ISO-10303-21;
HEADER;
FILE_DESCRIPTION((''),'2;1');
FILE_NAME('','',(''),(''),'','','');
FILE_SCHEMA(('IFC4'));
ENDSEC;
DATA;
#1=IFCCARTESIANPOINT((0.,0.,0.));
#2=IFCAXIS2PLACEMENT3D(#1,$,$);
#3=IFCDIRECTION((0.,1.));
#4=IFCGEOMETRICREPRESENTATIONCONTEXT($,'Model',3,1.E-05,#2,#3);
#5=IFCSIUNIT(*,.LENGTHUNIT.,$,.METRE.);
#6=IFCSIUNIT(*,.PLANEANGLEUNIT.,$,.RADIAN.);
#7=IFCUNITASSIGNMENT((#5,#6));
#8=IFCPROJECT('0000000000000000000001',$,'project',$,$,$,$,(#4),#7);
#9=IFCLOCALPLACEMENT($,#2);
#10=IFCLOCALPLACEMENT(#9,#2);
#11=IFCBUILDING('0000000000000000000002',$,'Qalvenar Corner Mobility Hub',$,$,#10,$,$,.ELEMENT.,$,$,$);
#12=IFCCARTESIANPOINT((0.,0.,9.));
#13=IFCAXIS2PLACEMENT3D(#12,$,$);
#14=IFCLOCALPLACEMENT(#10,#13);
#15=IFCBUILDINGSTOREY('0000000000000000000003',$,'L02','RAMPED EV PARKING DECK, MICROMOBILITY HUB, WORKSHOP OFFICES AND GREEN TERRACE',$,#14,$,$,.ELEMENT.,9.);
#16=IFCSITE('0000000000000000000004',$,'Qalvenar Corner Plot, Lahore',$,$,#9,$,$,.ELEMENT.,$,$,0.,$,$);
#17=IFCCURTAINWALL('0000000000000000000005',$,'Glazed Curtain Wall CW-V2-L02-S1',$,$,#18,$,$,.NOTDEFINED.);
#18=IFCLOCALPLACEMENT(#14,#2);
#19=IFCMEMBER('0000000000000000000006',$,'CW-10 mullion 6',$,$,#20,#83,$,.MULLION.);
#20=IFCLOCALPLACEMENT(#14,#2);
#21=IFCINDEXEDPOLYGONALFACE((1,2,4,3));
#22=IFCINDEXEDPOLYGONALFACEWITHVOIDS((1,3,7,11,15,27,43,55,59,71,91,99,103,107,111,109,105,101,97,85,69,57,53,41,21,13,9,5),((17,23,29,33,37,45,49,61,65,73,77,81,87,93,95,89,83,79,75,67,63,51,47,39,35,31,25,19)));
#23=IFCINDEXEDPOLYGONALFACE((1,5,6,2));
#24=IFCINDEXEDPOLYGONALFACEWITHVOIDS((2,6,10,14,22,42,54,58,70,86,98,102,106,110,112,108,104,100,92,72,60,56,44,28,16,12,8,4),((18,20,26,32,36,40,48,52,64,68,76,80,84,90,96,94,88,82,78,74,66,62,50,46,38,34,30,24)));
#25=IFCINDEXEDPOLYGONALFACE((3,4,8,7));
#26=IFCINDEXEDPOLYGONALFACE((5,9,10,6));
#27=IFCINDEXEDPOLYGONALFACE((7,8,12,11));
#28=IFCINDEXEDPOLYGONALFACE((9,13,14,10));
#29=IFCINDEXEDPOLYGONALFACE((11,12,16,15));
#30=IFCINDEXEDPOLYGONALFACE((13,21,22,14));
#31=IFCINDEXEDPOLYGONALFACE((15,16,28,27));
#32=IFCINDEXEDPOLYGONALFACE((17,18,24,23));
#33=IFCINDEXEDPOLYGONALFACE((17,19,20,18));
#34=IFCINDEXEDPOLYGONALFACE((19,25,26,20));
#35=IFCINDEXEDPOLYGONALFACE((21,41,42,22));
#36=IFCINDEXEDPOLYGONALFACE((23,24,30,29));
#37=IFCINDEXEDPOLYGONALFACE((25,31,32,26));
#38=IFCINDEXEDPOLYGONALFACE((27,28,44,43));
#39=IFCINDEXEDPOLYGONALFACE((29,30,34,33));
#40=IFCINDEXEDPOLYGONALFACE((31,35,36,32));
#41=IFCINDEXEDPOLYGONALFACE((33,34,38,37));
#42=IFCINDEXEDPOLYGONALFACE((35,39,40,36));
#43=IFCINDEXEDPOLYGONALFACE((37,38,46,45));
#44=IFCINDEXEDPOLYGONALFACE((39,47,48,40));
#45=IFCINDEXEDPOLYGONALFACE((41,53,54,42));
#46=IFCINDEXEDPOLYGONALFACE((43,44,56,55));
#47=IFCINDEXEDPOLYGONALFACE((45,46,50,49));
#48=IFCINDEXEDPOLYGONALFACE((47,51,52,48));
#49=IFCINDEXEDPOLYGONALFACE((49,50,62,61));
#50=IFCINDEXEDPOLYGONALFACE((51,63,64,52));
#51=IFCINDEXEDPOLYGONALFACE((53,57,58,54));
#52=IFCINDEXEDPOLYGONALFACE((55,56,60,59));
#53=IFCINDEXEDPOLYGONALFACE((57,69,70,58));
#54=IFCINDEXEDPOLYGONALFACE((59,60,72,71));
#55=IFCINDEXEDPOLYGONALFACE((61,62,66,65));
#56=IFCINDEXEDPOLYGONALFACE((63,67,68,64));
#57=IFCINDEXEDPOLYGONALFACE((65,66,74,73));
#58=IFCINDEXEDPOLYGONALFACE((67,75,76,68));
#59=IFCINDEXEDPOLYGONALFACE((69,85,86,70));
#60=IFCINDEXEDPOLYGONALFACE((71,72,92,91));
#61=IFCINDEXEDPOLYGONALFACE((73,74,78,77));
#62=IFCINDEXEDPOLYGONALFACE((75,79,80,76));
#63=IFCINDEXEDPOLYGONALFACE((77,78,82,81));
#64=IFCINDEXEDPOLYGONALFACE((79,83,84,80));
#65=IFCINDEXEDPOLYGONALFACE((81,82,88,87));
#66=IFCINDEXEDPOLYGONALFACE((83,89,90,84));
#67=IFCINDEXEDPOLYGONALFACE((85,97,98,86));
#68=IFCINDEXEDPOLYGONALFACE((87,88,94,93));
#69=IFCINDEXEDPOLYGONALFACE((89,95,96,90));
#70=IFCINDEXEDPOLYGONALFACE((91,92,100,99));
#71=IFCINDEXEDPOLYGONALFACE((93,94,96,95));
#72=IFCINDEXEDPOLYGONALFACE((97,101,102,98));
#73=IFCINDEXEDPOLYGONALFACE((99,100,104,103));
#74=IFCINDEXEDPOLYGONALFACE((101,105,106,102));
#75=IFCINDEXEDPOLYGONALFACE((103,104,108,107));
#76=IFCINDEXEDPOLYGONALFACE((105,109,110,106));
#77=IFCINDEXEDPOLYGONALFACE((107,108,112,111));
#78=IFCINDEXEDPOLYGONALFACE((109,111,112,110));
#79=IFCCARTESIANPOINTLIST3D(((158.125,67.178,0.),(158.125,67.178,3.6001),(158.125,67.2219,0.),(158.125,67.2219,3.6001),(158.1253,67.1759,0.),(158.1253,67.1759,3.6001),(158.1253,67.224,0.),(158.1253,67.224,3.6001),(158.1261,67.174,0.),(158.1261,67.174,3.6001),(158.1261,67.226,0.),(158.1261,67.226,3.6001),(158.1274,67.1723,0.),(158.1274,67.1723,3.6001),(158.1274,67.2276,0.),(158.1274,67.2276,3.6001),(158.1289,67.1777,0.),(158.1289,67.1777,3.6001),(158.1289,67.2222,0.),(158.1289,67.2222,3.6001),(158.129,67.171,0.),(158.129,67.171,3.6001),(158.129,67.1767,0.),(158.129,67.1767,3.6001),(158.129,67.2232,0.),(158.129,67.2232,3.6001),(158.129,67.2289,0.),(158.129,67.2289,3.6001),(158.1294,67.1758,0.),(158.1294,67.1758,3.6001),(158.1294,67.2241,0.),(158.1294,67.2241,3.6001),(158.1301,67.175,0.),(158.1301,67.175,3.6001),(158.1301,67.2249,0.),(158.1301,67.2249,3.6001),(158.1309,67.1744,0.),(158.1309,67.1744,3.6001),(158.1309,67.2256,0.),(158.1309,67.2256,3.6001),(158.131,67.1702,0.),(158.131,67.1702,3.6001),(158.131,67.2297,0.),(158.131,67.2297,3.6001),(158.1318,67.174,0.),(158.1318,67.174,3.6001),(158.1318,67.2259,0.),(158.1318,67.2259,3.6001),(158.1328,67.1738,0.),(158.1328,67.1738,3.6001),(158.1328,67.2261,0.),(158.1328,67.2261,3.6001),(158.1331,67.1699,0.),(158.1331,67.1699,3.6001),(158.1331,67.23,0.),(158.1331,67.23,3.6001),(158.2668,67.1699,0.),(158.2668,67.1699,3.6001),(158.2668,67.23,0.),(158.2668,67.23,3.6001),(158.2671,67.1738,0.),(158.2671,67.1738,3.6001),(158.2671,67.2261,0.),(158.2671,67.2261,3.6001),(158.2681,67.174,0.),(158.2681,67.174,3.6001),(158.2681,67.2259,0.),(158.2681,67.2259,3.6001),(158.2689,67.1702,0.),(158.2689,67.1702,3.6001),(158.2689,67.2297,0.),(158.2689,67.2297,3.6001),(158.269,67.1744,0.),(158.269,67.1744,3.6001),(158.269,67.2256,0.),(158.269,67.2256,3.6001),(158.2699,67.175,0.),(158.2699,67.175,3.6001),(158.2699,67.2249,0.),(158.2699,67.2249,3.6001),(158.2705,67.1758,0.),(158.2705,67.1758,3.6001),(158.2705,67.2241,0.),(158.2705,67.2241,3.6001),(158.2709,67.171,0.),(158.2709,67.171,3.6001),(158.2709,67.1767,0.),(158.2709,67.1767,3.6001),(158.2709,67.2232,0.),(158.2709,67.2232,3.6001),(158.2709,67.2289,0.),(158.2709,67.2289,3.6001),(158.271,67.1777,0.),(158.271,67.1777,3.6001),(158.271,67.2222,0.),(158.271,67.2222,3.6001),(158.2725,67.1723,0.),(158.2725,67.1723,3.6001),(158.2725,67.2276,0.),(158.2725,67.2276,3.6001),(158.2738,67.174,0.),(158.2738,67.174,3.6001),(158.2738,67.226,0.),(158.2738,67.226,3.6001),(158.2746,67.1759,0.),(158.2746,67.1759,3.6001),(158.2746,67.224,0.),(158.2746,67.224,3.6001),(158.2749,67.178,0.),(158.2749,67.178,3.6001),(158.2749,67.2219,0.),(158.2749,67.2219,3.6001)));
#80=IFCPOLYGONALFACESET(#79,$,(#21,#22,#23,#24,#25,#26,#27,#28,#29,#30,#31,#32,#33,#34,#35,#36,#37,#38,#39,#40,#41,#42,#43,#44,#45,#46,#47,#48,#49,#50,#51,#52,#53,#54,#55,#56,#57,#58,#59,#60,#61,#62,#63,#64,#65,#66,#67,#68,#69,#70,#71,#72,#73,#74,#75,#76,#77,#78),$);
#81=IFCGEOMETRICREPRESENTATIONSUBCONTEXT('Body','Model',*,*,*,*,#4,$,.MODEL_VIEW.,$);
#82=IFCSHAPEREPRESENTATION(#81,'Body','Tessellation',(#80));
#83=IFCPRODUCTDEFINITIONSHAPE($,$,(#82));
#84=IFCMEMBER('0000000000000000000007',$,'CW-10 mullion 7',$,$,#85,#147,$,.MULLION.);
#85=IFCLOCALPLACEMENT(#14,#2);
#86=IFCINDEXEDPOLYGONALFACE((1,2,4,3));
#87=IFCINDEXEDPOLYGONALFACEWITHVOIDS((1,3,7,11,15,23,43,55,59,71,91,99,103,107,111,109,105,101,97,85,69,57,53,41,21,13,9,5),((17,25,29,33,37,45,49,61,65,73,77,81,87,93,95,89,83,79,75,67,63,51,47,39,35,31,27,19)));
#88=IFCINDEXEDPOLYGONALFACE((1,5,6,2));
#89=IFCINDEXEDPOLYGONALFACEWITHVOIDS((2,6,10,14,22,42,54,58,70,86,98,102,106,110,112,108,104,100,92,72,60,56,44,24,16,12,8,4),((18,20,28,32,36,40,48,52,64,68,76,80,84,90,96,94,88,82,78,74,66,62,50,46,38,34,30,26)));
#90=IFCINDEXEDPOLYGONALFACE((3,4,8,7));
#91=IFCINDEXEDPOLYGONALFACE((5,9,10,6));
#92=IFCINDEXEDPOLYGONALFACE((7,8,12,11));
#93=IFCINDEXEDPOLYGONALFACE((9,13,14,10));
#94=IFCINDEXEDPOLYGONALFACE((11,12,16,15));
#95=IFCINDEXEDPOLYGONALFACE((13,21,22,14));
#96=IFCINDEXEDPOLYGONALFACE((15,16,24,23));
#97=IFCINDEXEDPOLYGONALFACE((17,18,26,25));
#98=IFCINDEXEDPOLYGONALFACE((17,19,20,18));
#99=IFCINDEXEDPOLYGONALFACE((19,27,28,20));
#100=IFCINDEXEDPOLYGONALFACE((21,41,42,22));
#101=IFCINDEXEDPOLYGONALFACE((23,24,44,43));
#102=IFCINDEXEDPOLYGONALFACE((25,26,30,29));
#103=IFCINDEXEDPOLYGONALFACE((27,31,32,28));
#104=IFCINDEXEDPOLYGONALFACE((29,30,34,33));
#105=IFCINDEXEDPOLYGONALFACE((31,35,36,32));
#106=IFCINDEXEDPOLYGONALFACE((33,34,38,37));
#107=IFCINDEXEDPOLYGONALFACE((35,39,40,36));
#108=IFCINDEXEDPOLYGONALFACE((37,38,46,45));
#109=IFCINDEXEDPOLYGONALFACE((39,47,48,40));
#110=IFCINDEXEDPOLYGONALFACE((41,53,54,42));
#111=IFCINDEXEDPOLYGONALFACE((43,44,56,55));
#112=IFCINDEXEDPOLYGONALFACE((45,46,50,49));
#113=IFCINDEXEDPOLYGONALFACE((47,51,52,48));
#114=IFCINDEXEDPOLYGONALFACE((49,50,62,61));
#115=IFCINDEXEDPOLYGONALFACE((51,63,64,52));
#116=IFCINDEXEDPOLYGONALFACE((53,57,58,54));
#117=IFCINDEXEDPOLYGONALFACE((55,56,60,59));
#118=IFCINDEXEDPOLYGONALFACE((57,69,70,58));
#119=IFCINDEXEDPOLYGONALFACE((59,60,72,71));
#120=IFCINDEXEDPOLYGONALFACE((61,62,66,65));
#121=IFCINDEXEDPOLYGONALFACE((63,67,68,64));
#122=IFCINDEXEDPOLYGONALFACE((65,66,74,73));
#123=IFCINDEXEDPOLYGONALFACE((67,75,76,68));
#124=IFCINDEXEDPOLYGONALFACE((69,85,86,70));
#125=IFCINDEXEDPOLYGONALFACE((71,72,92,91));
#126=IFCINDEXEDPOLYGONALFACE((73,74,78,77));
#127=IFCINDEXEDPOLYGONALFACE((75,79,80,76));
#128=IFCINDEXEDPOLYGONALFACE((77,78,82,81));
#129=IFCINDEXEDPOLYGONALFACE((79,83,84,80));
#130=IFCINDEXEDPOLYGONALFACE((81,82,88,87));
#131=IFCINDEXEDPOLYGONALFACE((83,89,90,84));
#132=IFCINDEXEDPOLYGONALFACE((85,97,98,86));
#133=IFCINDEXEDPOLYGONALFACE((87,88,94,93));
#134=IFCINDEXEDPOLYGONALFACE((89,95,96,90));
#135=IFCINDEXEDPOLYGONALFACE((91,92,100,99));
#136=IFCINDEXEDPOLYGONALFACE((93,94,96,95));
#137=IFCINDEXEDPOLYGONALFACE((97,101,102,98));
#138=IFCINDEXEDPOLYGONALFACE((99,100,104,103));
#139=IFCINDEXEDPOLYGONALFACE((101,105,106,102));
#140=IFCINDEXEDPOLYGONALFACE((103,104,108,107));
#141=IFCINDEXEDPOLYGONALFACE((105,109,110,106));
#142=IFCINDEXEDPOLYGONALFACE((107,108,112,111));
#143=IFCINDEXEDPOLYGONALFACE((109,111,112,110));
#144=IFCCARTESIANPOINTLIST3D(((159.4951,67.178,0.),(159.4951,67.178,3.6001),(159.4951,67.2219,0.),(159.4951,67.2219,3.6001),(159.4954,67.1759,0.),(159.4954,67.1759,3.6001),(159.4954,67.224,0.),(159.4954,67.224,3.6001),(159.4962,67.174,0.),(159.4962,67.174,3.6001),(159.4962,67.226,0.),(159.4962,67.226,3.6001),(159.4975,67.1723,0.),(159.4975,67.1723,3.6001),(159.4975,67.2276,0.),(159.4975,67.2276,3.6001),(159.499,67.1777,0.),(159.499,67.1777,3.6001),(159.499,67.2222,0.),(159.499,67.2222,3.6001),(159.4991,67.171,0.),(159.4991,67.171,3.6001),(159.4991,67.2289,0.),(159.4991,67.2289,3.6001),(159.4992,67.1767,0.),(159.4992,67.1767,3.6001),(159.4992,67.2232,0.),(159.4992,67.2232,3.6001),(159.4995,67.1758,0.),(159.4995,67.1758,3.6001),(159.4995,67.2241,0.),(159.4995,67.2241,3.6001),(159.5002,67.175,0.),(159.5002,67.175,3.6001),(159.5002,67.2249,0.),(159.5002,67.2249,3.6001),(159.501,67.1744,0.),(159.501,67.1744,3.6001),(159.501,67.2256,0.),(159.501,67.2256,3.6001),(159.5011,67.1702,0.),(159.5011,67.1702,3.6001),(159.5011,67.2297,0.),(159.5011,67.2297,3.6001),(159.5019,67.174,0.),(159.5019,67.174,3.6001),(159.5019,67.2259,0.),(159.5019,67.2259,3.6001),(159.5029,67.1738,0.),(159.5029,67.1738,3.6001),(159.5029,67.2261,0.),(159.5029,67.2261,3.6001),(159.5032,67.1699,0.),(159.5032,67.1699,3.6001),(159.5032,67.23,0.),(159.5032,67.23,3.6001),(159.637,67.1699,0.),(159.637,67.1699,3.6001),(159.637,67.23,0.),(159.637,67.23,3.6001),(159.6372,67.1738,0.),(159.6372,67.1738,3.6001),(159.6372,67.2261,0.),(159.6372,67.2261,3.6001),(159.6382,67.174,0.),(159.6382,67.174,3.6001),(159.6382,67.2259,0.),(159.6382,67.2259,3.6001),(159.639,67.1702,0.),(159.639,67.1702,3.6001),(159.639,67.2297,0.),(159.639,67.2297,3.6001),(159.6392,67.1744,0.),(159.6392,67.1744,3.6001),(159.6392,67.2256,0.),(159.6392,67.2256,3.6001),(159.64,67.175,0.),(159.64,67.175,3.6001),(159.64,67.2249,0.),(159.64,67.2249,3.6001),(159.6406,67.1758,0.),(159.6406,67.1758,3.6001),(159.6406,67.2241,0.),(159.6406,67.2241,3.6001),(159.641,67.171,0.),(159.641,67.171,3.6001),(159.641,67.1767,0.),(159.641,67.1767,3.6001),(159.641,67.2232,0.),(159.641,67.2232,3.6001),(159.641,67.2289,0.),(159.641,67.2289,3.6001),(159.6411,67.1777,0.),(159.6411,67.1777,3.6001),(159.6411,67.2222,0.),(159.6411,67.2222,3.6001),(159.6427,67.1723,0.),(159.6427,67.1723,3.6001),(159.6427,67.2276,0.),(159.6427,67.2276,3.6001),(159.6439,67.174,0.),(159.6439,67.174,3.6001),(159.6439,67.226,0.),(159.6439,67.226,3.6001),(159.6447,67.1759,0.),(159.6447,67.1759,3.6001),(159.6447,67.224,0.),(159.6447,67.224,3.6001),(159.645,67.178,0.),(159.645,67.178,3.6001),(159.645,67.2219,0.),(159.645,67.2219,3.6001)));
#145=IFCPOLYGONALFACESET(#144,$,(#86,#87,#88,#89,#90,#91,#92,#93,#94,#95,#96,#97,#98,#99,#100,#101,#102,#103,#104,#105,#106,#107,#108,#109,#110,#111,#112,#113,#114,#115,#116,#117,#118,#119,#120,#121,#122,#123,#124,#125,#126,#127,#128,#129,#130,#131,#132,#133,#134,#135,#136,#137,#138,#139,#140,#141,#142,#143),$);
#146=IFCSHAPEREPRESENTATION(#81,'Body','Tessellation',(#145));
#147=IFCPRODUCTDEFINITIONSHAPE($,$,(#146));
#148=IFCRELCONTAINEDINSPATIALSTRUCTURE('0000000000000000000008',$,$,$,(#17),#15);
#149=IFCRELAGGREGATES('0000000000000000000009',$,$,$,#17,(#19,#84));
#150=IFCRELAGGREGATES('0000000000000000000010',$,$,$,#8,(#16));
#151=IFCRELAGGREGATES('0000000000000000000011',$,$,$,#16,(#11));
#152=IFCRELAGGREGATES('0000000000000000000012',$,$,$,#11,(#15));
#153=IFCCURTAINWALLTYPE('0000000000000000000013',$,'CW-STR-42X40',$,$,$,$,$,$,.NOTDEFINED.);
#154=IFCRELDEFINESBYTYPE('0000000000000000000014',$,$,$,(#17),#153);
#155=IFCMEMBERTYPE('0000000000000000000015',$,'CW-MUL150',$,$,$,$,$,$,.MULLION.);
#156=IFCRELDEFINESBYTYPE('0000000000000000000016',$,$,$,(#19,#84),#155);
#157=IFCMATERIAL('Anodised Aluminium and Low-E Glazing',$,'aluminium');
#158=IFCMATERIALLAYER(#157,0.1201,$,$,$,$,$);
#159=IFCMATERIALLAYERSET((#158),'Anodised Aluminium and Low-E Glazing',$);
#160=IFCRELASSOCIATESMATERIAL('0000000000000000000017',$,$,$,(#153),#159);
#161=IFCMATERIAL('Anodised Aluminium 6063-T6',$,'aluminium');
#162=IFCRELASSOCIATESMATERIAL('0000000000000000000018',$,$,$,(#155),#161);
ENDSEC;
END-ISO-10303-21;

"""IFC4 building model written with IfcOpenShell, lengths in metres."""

from ifc_helpers import new_model, si_unit, direction, frame, origin, origin_2d, place, context, subcontext, project, spatial, hollow_rectangle, extrude, material, layer, layer_set, material_profile, profile_set, type_object, element, aggregate, save


model = new_model("IFC4")

# Units and contexts
model_context = context("Model", 3, precision=1e-05, world=origin(), true_north=direction((0.0, 1.0)))
body_context = subcontext(model_context, "Body", "Model", "MODEL_VIEW")
ifc_project = project(units=[si_unit("LENGTHUNIT", "METRE"), si_unit("PLANEANGLEUNIT", "RADIAN")], contexts=[model_context])

# Site, building, storey
site_placement = place(None, origin())
site = spatial("IfcSite", under=ifc_project, at=site_placement, Name="Qalvenar Corner Plot, Lahore", CompositionType="ELEMENT", RefElevation=0.0)
building_placement = place(site_placement, origin())
building = spatial("IfcBuilding", under=site, at=building_placement, Name="Qalvenar Corner Mobility Hub", CompositionType="ELEMENT")
storey_placement = place(building_placement, frame((0.0, 0.0, 9.0)))
storey = spatial("IfcBuildingStorey", under=building, at=storey_placement, Name="L02", Description="RAMPED EV PARKING DECK, MICROMOBILITY HUB, WORKSHOP OFFICES AND GREEN TERRACE", CompositionType="ELEMENT", Elevation=9.0)

# Curtain wall, members
ifc_material_1 = material(Name="Anodised Aluminium and Low-E Glazing", Category="aluminium")
ifc_layer_1 = layer(ifc_material_1, 0.1201)
ifc_layer_set_1 = layer_set([ifc_layer_1], Name="Anodised Aluminium and Low-E Glazing")
curtain_wall_type = type_object("IfcCurtainWallType", Name="CW-STR-42X40", PredefinedType="NOTDEFINED", material=ifc_layer_set_1)
curtain_wall_placement = place(storey_placement, origin())
curtain_wall = element("IfcCurtainWall", 1, at=curtain_wall_placement, inside=storey, type_object=curtain_wall_type, Name="Glazed Curtain Wall CW-V2-L02-S1", PredefinedType="NOTDEFINED")
ifc_material_2 = material(Name="Anodised Aluminium 6063-T6", Category="aluminium")
ifc_material_profile_1 = material_profile(ifc_material_2, hollow_rectangle(XDim=0.0601, YDim=0.1499, WallThickness=0.0039, InnerFilletRadius=0.0039, OuterFilletRadius=0.0081, at=origin_2d()), Name="RHS150x60x4")
ifc_profile_set_1 = profile_set([ifc_material_profile_1], Name="Anodised Aluminium 6063-T6")
member_type_1 = type_object("IfcMemberType", Name="CW-MUL150", PredefinedType="MULLION", material=ifc_profile_set_1)
member_1_placement = place(storey_placement, frame((158.2, 67.2, 0.0), z_axis=(0.0, 0.0, 1.0), x_axis=(0.0, 1.0, 0.0)))
member_1 = element("IfcMember", 2, at=member_1_placement, type_object=member_type_1, Name="CW-10 mullion 6", PredefinedType="MULLION", context=body_context, shape_type="SweptSolid", body=[
    extrude(hollow_rectangle(XDim=0.0601, YDim=0.1499, WallThickness=0.0039, InnerFilletRadius=0.0039, OuterFilletRadius=0.0081, at=origin_2d()), origin(), (0.0, 0.0, 1.0), 3.6001),
])
member_2_placement = place(storey_placement, frame((159.5701, 67.2, 0.0), z_axis=(0.0, 0.0, 1.0), x_axis=(0.0, 1.0, 0.0)))
member_2 = element("IfcMember", 3, at=member_2_placement, type_object=member_type_1, Name="CW-10 mullion 7", PredefinedType="MULLION", context=body_context, shape_type="SweptSolid", body=[
    extrude(hollow_rectangle(XDim=0.0601, YDim=0.1499, WallThickness=0.0039, InnerFilletRadius=0.0039, OuterFilletRadius=0.0081, at=origin_2d()), origin(), (0.0, 0.0, 1.0), 3.6001),
])

aggregate(curtain_wall, [member_1, member_2])

save(model, "model.ifc")
